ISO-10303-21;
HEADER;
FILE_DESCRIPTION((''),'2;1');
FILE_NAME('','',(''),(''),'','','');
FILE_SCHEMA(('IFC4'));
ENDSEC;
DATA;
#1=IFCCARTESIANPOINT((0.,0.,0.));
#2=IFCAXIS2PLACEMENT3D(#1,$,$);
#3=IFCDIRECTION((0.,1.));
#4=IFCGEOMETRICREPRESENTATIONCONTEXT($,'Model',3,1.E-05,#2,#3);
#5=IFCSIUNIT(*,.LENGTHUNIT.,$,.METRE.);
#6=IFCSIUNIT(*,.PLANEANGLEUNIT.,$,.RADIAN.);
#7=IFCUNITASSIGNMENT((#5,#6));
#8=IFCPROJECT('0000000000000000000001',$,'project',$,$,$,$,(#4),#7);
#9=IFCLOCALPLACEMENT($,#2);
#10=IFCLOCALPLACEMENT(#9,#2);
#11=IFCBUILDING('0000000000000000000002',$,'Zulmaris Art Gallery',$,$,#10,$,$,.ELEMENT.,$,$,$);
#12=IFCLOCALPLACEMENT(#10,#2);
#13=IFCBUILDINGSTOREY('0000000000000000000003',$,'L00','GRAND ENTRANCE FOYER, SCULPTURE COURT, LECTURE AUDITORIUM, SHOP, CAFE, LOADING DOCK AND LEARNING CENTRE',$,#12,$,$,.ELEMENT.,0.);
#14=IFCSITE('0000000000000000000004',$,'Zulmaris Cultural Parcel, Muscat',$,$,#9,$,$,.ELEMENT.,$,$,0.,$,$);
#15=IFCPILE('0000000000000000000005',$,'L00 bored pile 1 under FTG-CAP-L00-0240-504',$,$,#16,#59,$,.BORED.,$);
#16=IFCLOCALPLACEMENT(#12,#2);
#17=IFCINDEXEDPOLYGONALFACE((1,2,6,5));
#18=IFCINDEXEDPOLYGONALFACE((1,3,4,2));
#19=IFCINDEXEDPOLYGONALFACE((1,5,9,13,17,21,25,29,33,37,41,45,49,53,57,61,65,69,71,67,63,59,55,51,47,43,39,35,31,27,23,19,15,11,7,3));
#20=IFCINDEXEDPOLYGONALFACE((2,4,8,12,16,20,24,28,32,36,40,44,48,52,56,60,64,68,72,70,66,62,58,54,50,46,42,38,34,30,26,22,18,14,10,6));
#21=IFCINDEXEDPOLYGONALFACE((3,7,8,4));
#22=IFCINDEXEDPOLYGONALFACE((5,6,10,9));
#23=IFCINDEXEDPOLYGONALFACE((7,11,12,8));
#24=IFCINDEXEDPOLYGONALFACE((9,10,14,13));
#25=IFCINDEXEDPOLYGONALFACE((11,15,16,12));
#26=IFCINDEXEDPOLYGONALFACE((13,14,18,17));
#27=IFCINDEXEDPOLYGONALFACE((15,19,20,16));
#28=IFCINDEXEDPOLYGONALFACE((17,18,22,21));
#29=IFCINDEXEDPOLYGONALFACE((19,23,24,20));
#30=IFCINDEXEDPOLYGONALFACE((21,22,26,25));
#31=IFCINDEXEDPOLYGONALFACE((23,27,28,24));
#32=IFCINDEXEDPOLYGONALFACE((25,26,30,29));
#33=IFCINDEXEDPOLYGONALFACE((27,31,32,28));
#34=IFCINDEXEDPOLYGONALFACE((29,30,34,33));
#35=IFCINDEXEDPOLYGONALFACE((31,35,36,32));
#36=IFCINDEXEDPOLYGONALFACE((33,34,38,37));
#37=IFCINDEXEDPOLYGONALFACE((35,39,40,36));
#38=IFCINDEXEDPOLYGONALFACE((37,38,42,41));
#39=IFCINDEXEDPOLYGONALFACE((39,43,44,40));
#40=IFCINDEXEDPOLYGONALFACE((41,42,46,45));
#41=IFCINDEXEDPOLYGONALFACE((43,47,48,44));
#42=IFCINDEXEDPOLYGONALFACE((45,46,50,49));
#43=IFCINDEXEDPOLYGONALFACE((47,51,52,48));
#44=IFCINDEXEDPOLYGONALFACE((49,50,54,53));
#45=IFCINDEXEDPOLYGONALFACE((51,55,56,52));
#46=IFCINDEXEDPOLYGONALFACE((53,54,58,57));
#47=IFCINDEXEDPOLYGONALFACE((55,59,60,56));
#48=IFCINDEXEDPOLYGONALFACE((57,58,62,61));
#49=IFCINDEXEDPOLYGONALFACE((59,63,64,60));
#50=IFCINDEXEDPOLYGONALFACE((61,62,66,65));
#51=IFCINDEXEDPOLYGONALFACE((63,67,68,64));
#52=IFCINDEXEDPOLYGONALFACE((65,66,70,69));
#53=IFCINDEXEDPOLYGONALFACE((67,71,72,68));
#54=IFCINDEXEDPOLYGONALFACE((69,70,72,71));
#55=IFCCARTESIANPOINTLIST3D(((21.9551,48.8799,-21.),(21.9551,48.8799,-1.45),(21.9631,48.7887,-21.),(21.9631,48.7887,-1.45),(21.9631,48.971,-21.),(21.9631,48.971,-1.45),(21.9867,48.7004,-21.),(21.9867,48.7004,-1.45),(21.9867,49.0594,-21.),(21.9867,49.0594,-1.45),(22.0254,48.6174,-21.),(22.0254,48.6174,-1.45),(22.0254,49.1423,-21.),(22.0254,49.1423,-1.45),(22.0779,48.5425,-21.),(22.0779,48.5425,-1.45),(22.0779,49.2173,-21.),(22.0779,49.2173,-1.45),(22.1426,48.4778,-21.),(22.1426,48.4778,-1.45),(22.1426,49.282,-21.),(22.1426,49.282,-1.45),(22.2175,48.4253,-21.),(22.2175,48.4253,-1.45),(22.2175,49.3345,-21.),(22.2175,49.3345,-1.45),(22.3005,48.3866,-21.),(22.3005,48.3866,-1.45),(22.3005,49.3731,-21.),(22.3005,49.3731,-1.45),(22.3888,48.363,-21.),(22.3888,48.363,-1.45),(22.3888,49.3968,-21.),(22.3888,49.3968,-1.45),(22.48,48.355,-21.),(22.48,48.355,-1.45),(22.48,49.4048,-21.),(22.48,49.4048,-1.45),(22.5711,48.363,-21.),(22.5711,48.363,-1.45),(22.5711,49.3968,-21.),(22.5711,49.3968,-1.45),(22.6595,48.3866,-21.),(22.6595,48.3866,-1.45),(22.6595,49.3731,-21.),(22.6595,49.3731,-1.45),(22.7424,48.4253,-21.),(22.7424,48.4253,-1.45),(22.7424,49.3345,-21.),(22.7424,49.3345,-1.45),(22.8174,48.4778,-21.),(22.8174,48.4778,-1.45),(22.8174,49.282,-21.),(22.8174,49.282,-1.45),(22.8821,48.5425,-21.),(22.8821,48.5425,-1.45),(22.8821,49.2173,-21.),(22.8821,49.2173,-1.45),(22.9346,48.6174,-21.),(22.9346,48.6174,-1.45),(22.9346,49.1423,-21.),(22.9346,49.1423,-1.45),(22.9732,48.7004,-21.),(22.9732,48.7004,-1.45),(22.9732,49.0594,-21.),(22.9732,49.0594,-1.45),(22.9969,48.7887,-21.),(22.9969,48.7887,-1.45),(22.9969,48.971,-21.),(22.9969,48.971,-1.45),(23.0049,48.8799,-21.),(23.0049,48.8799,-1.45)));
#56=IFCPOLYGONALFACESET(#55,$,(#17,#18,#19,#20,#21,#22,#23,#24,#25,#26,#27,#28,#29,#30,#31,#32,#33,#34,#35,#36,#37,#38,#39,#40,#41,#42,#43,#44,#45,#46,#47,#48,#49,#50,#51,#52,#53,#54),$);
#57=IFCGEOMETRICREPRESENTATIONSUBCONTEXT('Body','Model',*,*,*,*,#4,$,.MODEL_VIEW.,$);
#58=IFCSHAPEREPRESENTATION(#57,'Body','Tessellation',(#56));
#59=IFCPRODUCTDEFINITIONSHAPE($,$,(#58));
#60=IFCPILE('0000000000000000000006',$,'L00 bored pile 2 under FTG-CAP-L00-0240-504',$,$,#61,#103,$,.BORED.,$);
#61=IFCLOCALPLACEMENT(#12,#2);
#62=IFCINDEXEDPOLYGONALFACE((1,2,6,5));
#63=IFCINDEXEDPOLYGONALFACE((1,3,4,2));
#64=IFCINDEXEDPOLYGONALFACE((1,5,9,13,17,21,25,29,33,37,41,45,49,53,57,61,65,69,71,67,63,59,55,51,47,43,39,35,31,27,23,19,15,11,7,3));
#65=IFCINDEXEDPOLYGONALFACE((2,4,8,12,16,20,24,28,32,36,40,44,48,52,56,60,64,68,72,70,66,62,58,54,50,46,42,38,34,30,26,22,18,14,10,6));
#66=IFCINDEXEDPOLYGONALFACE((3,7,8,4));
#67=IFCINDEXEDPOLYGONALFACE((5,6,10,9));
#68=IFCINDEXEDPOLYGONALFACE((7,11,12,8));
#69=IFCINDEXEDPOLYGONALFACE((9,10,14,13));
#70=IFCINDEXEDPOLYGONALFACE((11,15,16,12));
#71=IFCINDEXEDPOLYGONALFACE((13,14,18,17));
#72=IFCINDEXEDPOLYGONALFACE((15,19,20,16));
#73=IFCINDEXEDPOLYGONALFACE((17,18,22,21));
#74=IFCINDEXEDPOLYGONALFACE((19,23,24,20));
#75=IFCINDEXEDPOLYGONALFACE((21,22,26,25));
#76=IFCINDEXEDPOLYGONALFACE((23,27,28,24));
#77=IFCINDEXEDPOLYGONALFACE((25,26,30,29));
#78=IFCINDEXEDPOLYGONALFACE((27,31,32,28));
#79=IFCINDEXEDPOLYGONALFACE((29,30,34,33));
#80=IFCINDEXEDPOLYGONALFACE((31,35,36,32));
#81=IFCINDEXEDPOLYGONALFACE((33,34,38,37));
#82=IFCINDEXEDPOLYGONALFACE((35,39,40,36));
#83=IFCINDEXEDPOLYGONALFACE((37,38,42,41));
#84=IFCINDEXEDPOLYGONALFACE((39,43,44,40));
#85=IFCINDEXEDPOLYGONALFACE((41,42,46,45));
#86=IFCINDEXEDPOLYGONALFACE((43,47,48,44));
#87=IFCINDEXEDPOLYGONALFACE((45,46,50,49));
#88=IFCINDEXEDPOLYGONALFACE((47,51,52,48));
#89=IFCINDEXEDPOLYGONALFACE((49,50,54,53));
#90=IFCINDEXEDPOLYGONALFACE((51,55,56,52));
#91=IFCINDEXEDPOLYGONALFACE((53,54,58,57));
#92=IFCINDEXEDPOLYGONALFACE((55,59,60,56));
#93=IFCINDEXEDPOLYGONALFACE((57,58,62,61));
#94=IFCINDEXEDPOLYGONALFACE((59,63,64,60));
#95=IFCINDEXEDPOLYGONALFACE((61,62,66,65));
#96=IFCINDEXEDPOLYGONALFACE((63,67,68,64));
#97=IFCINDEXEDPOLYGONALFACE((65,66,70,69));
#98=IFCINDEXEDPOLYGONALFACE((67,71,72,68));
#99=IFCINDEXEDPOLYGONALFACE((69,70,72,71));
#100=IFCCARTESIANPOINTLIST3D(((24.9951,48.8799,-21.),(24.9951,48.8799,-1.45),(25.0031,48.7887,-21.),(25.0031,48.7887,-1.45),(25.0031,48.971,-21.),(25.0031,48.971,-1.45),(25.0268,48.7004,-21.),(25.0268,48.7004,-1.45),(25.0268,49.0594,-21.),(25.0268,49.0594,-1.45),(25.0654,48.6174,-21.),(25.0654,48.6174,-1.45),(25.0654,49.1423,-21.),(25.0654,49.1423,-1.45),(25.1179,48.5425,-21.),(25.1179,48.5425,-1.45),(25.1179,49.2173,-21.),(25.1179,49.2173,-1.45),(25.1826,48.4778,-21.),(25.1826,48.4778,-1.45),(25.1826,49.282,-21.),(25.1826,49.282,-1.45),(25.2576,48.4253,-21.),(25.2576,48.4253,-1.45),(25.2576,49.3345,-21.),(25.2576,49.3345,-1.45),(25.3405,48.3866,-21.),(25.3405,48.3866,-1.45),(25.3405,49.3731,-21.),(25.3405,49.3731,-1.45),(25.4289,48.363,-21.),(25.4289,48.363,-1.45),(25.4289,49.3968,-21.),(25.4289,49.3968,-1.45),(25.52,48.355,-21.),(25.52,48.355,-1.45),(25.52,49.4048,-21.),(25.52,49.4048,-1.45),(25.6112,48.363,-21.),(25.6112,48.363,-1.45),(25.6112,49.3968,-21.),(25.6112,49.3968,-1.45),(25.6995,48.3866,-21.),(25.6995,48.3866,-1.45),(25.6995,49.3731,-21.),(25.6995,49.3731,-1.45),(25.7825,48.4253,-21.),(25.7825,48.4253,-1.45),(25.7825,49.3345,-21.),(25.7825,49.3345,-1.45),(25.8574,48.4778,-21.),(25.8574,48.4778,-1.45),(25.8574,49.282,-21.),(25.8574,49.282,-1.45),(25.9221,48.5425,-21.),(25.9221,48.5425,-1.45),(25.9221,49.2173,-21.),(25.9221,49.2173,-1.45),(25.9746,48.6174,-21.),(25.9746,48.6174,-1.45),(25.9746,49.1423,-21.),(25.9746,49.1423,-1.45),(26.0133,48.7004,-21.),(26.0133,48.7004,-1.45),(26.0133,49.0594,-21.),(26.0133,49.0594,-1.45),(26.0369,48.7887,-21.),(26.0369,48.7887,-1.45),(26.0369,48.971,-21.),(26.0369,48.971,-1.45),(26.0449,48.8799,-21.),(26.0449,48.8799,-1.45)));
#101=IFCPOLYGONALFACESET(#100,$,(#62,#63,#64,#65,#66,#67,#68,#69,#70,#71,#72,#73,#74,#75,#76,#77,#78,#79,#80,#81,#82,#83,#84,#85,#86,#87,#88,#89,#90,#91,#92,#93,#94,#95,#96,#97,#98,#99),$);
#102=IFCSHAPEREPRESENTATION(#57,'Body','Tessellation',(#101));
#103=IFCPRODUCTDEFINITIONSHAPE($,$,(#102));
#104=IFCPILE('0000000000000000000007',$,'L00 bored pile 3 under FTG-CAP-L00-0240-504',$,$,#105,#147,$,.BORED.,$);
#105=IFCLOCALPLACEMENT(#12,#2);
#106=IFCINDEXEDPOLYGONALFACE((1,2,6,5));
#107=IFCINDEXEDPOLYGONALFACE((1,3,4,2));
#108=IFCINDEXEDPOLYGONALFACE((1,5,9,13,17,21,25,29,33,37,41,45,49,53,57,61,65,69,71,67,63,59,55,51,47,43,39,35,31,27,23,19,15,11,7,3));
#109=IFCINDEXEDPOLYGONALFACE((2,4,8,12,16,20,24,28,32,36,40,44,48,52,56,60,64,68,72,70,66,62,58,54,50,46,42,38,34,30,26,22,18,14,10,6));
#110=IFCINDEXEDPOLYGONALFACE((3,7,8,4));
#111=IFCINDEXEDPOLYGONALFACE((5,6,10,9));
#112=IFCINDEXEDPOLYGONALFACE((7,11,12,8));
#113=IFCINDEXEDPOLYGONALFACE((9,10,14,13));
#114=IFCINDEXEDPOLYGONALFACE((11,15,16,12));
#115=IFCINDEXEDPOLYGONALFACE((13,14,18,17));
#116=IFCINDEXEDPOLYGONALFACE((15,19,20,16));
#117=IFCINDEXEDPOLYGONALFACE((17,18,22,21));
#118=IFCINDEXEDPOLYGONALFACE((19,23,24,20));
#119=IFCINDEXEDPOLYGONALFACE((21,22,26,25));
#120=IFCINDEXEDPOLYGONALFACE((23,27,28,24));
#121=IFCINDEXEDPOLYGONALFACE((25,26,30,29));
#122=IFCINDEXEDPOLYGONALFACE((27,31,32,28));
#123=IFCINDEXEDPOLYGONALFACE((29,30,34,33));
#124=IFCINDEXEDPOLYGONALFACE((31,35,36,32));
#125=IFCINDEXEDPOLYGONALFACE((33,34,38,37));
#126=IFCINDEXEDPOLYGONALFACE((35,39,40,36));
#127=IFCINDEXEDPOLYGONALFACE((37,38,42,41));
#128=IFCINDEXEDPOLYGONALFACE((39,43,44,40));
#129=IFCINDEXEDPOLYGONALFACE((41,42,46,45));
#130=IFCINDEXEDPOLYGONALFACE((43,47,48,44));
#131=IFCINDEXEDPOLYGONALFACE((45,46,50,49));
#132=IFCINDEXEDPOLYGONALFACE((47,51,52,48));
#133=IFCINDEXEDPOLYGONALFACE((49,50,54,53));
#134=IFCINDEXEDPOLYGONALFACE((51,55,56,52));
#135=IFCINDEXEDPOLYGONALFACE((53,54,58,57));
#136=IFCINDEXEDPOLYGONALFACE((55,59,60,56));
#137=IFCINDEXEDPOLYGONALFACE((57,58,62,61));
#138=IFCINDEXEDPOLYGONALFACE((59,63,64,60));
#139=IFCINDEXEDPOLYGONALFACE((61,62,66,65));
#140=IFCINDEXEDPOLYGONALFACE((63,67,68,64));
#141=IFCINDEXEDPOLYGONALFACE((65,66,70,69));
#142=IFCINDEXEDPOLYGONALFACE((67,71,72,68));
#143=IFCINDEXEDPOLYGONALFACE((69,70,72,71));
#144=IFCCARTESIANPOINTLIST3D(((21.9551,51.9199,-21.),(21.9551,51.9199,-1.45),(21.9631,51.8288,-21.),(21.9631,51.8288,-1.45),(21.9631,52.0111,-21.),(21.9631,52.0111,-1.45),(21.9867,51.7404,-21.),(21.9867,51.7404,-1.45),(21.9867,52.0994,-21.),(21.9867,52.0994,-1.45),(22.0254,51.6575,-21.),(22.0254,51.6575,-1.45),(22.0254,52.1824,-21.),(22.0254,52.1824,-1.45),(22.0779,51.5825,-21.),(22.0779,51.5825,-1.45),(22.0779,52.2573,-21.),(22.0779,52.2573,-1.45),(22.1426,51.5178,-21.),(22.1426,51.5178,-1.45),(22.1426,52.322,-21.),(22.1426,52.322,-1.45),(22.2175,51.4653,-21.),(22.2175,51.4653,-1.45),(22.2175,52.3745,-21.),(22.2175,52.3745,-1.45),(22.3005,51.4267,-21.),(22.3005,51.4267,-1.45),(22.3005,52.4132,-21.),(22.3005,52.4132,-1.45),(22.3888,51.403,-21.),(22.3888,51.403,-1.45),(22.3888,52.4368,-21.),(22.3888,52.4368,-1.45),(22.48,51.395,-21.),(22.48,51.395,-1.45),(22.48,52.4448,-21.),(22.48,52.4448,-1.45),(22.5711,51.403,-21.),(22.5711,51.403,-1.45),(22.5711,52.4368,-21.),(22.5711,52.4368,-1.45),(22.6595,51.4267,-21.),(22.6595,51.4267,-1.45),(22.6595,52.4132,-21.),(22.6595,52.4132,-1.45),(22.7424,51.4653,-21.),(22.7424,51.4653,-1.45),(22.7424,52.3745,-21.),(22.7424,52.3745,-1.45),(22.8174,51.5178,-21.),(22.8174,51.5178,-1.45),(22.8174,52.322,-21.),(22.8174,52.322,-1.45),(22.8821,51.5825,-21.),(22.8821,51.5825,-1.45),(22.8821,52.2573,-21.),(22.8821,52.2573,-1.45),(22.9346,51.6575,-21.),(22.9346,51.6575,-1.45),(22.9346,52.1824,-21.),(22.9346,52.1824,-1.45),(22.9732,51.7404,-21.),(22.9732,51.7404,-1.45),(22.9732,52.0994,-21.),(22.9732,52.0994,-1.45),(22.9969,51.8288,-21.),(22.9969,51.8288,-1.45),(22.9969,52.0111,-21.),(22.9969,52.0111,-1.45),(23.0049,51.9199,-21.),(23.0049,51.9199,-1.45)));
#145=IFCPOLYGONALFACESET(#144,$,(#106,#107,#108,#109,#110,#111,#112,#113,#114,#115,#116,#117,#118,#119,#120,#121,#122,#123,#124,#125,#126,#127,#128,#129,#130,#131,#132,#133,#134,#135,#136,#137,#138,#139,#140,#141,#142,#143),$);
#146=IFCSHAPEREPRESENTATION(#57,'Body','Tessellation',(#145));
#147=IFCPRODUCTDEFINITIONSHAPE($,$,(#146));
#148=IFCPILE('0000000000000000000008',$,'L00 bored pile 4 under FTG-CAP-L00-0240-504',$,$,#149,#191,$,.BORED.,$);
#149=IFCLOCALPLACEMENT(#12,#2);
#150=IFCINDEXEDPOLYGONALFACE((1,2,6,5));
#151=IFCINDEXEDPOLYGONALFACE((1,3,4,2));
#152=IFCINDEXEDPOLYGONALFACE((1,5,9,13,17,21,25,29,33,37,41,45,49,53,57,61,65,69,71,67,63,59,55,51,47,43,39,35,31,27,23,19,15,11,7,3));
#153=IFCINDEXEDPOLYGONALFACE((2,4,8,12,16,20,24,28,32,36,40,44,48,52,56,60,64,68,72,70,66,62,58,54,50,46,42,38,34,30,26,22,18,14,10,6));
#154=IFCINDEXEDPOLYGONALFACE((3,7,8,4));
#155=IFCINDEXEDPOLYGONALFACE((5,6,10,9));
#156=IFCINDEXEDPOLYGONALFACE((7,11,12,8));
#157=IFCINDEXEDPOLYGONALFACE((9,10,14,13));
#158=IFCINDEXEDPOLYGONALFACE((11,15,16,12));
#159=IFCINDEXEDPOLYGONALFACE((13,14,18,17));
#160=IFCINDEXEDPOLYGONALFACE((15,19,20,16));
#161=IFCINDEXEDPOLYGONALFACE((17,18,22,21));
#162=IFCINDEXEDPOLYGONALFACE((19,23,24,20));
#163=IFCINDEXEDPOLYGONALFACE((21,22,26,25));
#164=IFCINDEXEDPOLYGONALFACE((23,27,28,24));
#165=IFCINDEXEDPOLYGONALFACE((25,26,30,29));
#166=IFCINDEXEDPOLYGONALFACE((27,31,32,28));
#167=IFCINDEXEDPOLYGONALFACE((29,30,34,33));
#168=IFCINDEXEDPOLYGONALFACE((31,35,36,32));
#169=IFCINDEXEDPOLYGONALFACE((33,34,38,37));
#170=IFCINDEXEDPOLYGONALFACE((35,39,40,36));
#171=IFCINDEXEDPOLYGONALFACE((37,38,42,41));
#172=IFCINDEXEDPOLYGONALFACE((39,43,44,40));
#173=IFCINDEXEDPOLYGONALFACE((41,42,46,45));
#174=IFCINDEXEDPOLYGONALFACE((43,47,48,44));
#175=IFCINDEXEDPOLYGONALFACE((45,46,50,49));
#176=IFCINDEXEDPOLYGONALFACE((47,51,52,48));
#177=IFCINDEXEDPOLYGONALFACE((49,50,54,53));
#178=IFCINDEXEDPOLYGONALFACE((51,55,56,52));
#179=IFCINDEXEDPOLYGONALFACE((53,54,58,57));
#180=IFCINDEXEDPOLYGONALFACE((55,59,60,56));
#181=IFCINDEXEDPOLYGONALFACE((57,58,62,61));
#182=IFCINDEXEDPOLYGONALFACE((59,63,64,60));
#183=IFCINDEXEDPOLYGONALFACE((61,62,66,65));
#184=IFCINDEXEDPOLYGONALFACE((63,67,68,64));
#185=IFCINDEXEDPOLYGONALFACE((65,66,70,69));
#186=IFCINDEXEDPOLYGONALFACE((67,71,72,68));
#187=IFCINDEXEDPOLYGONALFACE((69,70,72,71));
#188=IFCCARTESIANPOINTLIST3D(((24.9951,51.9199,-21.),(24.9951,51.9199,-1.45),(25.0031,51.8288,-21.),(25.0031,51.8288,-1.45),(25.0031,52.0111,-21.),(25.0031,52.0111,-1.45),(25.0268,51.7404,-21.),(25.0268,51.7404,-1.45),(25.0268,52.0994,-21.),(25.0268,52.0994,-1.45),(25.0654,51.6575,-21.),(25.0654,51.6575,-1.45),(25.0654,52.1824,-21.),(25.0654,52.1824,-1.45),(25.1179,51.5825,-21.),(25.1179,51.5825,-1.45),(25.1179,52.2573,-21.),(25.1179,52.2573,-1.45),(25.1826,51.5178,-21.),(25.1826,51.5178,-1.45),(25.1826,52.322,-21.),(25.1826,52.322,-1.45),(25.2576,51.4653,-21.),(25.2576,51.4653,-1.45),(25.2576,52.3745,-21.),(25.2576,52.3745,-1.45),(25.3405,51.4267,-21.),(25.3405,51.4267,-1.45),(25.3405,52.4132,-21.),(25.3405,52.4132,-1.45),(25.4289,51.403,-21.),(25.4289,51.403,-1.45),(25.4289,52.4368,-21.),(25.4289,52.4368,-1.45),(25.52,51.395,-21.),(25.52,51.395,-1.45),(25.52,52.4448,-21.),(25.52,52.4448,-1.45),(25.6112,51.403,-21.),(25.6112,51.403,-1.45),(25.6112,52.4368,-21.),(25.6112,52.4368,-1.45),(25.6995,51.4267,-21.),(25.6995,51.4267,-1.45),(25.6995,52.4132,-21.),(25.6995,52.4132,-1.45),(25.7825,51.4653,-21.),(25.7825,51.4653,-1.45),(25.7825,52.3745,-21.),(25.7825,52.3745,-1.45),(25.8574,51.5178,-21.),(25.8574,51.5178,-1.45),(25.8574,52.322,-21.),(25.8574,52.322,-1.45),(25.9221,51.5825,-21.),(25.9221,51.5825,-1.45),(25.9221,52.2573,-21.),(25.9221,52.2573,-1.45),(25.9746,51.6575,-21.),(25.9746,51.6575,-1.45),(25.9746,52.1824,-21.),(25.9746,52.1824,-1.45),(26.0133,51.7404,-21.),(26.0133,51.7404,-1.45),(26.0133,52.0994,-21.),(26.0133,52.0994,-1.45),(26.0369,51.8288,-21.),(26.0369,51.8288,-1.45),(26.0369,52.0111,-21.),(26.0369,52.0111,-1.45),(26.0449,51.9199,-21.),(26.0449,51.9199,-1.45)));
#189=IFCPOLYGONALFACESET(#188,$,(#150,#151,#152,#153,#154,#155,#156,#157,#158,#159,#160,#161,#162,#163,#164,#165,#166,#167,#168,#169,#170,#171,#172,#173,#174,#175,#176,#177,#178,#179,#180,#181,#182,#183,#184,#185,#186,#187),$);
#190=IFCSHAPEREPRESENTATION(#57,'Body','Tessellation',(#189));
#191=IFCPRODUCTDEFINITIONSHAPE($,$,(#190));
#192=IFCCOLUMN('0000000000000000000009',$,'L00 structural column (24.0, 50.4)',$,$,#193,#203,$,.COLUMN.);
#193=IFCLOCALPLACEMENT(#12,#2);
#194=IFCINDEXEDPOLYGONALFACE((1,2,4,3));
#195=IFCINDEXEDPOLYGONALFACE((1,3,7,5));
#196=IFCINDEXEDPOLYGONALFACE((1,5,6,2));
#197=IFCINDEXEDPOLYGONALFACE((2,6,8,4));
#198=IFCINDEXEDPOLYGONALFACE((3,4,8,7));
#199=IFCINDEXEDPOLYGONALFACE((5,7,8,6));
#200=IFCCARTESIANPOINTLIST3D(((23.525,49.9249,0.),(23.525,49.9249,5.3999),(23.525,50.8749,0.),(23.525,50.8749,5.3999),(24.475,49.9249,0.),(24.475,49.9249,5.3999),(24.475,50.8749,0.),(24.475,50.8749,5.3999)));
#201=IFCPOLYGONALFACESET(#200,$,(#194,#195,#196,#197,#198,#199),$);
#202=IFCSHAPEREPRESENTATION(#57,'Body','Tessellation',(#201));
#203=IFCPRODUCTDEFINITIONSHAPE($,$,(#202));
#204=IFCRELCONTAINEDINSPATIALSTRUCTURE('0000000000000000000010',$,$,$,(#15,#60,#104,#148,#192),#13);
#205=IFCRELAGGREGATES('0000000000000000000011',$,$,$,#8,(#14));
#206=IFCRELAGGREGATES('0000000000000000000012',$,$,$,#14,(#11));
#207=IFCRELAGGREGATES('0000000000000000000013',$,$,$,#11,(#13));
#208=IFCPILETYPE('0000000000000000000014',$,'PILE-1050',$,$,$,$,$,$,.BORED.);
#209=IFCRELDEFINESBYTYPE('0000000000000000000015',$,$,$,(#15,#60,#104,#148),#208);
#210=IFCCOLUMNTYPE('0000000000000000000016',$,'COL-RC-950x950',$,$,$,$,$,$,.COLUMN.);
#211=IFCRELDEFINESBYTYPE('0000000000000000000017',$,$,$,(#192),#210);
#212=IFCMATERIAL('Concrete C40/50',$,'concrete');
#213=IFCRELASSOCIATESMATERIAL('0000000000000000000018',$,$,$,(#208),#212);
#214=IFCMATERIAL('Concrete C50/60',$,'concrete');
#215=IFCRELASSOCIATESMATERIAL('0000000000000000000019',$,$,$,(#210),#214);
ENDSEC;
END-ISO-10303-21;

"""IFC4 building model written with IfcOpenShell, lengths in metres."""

from ifc_helpers import new_model, si_unit, direction, frame, origin, origin_2d, place, context, subcontext, project, spatial, rectangle, circle, extrude, material, material_profile, profile_set, type_object, element, save


model = new_model("IFC4")

# Units and contexts
model_context = context("Model", 3, precision=1e-05, world=origin(), true_north=direction((0.0, 1.0)))
body_context = subcontext(model_context, "Body", "Model", "MODEL_VIEW")
ifc_project = project(units=[si_unit("LENGTHUNIT", "METRE"), si_unit("PLANEANGLEUNIT", "RADIAN")], contexts=[model_context])

# Site, building, storey
site_placement = place(None, origin())
site = spatial("IfcSite", under=ifc_project, at=site_placement, Name="Zulmaris Cultural Parcel, Muscat", CompositionType="ELEMENT", RefElevation=0.0)
building_placement = place(site_placement, origin())
building = spatial("IfcBuilding", under=site, at=building_placement, Name="Zulmaris Art Gallery", CompositionType="ELEMENT")
storey_placement = place(building_placement, origin())
storey = spatial("IfcBuildingStorey", under=building, at=storey_placement, Name="L00", Description="GRAND ENTRANCE FOYER, SCULPTURE COURT, LECTURE AUDITORIUM, SHOP, CAFE, LOADING DOCK AND LEARNING CENTRE", CompositionType="ELEMENT", Elevation=0.0)

# Piles
ifc_material_1 = material(Name="Concrete C40/50", Category="concrete")
ifc_material_profile_1 = material_profile(ifc_material_1, circle(Radius=0.5249, at=origin_2d()), Name="PILE DIA 1050")
ifc_profile_set_1 = profile_set([ifc_material_profile_1], Name="Concrete C40/50")
pile_type = type_object("IfcPileType", Name="PILE-1050", PredefinedType="BORED", material=ifc_profile_set_1)
for number, where, z_axis, x_axis, name in (
    (1, (22.48, 48.8799, -1.45), (0.0, 0.0, -1.0), (1.0, 0.0, 0.0), "L00 bored pile 1 under FTG-CAP-L00-0240-504"),
    (2, (25.52, 48.8799, -1.45), (0.0, 0.0, -1.0), (1.0, 0.0, 0.0), "L00 bored pile 2 under FTG-CAP-L00-0240-504"),
    (3, (22.48, 51.9199, -1.45), (0.0, 0.0, -1.0), (1.0, 0.0, 0.0), "L00 bored pile 3 under FTG-CAP-L00-0240-504"),
    (4, (25.52, 51.9199, -1.45), (0.0, 0.0, -1.0), (1.0, 0.0, 0.0), "L00 bored pile 4 under FTG-CAP-L00-0240-504"),
):
    element("IfcPile", number, at=place(storey_placement, frame(where, z_axis=z_axis, x_axis=x_axis)), inside=storey, type_object=pile_type, Name=name, PredefinedType="BORED", context=body_context, shape_type="SweptSolid", body=[
        extrude(circle(Radius=0.5249, at=origin_2d()), origin(), (0.0, 0.0, 1.0), 19.55),
    ])

# Column
ifc_material_2 = material(Name="Concrete C50/60", Category="concrete")
ifc_material_profile_2 = material_profile(ifc_material_2, rectangle(XDim=0.95, YDim=0.95, at=origin_2d()), Name="RC 950x950")
ifc_profile_set_2 = profile_set([ifc_material_profile_2], Name="Concrete C50/60")
column_type = type_object("IfcColumnType", Name="COL-RC-950x950", PredefinedType="COLUMN", material=ifc_profile_set_2)
column_placement = place(storey_placement, frame((24.0, 50.3999, 0.0), z_axis=(0.0, 0.0, 1.0), x_axis=(1.0, 0.0, 0.0)))
element("IfcColumn", 5, at=column_placement, inside=storey, type_object=column_type, Name="L00 structural column (24.0, 50.4)", PredefinedType="COLUMN", context=body_context, shape_type="SweptSolid", body=[
    extrude(rectangle(XDim=0.95, YDim=0.95, at=origin_2d()), origin(), (0.0, 0.0, 1.0), 5.3999),
])

save(model, "model.ifc")
